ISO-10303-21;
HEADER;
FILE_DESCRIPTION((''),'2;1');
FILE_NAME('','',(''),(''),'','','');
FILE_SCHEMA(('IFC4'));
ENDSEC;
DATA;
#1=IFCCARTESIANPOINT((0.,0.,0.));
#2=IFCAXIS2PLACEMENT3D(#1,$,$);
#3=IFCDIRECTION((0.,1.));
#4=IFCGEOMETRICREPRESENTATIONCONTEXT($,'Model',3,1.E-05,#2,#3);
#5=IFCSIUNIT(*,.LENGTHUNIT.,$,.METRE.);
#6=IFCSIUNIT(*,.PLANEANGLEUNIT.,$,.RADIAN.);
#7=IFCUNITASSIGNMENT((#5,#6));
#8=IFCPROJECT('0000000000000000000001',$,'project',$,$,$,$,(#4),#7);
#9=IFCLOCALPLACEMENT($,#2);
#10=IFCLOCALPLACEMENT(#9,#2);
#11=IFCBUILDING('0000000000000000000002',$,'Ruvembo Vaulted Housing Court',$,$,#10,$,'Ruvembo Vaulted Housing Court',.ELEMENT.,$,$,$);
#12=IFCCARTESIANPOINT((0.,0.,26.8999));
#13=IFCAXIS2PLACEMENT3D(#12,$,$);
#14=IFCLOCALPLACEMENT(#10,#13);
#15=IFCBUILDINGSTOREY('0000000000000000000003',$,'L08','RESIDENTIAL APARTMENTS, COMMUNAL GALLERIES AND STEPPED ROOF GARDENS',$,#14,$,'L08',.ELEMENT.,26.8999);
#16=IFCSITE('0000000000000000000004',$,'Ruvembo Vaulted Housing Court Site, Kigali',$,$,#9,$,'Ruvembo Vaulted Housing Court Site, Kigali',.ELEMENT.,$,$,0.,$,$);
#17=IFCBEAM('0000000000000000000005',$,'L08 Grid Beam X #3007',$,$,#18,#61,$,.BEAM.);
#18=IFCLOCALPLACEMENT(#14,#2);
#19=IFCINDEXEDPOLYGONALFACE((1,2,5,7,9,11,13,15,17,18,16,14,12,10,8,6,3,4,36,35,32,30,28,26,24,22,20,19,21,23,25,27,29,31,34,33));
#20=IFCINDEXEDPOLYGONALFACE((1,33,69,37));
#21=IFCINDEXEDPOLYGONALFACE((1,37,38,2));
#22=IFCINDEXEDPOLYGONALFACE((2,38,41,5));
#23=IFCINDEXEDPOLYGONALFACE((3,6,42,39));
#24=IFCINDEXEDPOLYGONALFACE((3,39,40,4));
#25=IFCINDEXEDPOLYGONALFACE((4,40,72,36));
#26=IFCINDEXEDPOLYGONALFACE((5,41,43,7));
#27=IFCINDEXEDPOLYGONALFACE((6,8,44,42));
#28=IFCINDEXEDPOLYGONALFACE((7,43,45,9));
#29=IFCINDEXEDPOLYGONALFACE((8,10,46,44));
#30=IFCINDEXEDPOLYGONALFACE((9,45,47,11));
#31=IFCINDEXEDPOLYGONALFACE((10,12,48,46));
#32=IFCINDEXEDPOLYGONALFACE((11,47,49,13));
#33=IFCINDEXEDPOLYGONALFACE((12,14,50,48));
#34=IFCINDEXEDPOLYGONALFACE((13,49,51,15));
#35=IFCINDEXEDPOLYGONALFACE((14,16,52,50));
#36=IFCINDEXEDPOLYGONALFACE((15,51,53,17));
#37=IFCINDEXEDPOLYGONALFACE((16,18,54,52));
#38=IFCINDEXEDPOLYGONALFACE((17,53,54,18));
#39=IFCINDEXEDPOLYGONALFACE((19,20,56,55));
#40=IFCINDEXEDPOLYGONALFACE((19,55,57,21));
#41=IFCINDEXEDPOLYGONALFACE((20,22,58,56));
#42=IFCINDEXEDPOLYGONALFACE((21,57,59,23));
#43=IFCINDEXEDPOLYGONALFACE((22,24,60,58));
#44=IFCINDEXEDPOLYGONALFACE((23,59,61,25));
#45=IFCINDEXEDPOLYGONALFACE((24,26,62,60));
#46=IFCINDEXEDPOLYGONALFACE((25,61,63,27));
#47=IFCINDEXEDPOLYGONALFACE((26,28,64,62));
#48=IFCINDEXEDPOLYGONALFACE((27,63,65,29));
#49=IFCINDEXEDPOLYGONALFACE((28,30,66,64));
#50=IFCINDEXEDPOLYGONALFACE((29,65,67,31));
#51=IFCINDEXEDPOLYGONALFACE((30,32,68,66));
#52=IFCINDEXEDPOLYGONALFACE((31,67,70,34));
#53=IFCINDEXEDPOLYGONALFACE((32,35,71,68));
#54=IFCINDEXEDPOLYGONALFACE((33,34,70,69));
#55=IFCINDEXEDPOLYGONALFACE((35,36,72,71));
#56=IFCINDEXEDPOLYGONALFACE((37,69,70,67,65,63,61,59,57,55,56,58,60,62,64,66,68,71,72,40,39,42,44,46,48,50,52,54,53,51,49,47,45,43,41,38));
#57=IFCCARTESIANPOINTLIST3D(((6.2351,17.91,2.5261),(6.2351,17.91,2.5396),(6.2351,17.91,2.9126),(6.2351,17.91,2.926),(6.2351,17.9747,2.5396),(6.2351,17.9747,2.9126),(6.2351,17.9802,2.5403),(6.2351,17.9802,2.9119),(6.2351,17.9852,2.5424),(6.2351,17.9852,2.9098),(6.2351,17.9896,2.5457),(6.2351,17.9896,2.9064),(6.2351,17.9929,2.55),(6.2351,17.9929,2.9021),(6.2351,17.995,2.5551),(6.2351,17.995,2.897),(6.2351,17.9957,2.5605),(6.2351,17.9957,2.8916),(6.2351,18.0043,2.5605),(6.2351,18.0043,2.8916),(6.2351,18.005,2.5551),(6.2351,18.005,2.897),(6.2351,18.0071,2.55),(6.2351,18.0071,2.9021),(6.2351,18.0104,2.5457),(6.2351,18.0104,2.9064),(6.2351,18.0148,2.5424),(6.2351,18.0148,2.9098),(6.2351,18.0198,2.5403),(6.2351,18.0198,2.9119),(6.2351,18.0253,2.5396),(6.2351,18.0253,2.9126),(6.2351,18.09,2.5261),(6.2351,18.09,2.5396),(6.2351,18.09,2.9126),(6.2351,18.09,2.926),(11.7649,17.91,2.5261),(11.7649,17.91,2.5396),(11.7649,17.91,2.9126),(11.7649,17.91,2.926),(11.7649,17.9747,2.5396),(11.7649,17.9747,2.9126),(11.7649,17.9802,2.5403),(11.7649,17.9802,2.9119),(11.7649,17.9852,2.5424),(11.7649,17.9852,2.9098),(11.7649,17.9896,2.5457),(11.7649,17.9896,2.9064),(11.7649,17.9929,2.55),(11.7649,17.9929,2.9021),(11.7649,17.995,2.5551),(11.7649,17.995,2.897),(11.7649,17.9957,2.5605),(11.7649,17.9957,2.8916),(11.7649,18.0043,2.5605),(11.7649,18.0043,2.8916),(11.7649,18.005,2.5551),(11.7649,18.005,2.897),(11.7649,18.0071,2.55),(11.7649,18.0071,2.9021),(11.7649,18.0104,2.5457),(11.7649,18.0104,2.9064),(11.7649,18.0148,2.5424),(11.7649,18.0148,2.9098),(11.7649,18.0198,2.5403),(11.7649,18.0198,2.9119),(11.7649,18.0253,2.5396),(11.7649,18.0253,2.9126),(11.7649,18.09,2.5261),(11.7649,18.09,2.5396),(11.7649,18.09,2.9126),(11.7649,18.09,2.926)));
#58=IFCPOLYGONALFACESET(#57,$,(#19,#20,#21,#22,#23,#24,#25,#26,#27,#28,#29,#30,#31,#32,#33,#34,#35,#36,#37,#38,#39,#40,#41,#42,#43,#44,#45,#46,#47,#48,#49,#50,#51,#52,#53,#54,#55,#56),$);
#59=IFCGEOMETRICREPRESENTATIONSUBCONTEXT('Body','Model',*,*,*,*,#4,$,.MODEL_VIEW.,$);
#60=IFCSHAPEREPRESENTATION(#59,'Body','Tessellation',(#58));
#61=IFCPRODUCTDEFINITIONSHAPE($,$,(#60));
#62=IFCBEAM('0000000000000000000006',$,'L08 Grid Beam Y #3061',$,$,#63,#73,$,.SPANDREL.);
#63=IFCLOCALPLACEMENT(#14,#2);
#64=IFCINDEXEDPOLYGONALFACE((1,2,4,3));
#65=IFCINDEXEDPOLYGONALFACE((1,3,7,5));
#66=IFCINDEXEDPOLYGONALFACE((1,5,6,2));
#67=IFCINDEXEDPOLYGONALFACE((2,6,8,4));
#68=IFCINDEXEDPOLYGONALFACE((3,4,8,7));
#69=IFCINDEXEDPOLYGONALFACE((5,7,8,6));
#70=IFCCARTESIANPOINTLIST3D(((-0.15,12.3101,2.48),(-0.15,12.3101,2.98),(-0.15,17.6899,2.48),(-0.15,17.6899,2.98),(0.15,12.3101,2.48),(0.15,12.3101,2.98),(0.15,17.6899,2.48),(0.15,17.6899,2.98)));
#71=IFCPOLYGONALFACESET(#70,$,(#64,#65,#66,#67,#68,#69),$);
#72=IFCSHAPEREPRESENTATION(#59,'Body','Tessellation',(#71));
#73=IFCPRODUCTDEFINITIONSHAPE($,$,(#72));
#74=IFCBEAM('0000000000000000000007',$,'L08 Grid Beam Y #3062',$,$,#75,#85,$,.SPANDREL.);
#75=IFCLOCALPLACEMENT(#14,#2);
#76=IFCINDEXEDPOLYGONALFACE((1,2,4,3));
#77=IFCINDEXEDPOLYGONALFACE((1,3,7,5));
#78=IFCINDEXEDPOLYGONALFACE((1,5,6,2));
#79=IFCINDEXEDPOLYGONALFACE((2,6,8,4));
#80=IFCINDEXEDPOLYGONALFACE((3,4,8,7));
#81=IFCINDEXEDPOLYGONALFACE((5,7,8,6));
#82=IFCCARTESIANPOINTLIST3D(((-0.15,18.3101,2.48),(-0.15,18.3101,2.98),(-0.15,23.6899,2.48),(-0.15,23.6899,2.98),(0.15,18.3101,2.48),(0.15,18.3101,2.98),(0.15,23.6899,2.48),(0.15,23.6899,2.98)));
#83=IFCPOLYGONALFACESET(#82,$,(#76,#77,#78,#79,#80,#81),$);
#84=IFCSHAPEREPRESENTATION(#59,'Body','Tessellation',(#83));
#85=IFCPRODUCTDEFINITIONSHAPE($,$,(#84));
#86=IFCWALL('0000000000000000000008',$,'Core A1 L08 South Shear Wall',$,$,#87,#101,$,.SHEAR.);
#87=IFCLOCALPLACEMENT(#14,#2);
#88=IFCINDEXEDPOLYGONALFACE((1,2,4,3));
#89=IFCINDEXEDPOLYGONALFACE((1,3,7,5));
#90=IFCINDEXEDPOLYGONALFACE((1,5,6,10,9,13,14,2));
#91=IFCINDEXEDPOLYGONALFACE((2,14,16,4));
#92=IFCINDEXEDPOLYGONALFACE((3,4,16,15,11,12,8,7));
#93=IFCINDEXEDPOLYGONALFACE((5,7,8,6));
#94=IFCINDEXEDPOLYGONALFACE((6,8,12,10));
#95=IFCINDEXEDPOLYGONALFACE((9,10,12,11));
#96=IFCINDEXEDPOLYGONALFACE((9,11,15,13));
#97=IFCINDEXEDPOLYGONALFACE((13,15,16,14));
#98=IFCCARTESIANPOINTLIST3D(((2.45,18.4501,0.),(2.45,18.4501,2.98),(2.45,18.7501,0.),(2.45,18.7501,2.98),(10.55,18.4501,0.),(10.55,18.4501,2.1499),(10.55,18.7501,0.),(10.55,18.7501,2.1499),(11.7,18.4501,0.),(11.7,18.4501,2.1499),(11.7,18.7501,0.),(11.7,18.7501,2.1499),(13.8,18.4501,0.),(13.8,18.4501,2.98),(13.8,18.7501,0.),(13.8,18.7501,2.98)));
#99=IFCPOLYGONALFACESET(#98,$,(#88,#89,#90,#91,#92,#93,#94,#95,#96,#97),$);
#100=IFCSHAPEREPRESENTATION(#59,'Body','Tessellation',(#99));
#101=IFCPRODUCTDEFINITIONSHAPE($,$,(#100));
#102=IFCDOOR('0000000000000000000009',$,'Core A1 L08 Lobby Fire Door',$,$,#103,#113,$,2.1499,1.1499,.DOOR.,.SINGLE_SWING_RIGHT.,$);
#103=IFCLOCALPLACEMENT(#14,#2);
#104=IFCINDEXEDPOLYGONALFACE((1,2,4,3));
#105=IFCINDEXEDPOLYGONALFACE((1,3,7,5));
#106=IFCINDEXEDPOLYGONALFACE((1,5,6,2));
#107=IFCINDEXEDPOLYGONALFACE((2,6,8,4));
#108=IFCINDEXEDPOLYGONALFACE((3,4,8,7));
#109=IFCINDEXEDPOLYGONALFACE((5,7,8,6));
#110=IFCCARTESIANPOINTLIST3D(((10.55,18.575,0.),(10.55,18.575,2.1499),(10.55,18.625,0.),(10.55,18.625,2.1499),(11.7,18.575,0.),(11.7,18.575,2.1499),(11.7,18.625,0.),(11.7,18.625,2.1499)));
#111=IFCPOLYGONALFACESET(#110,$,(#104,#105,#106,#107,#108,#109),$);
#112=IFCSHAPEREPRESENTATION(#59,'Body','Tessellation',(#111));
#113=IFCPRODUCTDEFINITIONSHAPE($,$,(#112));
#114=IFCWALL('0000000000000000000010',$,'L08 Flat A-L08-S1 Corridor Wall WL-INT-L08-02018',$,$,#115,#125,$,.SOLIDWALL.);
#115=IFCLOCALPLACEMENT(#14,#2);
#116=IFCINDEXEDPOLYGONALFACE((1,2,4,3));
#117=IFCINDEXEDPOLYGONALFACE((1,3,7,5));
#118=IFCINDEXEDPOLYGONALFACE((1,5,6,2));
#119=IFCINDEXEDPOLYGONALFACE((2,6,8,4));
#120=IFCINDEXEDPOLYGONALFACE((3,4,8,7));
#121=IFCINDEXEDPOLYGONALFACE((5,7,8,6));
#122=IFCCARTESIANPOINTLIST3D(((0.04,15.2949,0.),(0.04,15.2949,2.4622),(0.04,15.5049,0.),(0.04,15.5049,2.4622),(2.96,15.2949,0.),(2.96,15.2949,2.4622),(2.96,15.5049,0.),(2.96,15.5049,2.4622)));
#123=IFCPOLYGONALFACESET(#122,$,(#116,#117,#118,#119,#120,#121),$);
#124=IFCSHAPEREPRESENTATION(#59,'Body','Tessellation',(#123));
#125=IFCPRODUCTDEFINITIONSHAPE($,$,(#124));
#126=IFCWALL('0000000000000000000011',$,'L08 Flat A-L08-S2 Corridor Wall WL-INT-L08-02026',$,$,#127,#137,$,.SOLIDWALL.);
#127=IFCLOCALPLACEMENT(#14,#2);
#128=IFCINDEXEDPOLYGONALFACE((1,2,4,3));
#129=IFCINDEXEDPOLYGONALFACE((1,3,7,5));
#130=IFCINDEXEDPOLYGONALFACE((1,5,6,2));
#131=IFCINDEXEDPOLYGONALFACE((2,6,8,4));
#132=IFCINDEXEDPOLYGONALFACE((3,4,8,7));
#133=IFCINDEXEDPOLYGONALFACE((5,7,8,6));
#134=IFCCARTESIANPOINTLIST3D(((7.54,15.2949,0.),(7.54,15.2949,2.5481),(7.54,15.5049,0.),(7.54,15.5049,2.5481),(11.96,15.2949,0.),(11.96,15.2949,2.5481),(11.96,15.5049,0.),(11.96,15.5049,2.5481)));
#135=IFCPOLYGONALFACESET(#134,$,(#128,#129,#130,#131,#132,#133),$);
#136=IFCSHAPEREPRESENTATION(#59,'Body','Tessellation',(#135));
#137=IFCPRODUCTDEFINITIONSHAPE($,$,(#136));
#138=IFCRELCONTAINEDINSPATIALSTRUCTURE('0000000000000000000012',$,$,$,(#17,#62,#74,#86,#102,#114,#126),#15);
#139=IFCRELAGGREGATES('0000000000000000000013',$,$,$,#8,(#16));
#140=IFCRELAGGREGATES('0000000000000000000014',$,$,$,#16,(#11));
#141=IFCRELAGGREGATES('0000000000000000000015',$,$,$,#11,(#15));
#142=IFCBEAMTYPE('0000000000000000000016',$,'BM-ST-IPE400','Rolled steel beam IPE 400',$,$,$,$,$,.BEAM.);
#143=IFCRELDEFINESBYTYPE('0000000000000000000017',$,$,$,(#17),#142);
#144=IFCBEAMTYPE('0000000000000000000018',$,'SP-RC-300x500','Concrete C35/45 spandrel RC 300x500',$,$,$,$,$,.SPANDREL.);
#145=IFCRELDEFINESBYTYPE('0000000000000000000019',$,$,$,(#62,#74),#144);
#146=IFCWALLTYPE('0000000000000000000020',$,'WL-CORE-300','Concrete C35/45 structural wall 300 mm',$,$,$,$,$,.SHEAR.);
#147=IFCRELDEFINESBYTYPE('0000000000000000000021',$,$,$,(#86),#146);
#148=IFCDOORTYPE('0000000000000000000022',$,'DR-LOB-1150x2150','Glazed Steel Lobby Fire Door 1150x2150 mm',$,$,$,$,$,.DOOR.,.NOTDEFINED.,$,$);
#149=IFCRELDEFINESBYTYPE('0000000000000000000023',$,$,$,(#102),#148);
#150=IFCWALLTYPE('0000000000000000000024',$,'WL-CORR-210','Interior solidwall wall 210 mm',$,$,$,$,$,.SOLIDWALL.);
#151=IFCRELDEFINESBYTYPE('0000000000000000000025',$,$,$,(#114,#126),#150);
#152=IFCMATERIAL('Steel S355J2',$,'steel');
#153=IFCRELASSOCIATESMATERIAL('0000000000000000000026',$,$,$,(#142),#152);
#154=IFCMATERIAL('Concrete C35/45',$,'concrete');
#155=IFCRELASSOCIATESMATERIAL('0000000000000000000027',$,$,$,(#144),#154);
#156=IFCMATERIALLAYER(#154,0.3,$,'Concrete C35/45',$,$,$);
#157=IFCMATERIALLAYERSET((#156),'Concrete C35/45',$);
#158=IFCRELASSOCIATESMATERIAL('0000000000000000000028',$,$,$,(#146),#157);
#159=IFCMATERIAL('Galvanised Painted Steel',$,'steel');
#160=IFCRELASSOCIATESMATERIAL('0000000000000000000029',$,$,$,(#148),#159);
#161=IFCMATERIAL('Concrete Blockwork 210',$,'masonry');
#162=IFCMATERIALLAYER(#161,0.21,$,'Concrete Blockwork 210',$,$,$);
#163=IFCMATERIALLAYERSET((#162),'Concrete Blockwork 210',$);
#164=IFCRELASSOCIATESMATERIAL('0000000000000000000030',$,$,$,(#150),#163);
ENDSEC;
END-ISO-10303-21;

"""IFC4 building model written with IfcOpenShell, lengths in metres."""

from ifc_helpers import new_model, si_unit, direction, frame, frame_2d, origin, origin_2d, place, context, subcontext, project, spatial, rectangle, i_section, extrude, material, layer, layer_set, material_profile, profile_set, type_object, element, fill, save


model = new_model("IFC4")

# Units and contexts
model_context = context("Model", 3, precision=1e-05, world=origin(), true_north=direction((0.0, 1.0)))
body_context = subcontext(model_context, "Body", "Model", "MODEL_VIEW")
ifc_project = project(units=[si_unit("LENGTHUNIT", "METRE"), si_unit("PLANEANGLEUNIT", "RADIAN")], contexts=[model_context])

# Site, building, storey
site_placement = place(None, origin())
site = spatial("IfcSite", under=ifc_project, at=site_placement, Name="Ruvembo Vaulted Housing Court Site, Kigali", LongName="Ruvembo Vaulted Housing Court Site, Kigali", CompositionType="ELEMENT", RefElevation=0.0)
building_placement = place(site_placement, origin())
building = spatial("IfcBuilding", under=site, at=building_placement, Name="Ruvembo Vaulted Housing Court", LongName="Ruvembo Vaulted Housing Court", CompositionType="ELEMENT")
storey_placement = place(building_placement, frame((0.0, 0.0, 26.8999)))
storey = spatial("IfcBuildingStorey", under=building, at=storey_placement, Name="L08", Description="RESIDENTIAL APARTMENTS, COMMUNAL GALLERIES AND STEPPED ROOF GARDENS", LongName="L08", CompositionType="ELEMENT", Elevation=26.8999)

# Shared definitions
ifc_material_1 = material(Name="Concrete C35/45", Category="concrete")

# Beams
ifc_material_2 = material(Name="Steel S355J2", Category="steel")
ifc_material_profile_1 = material_profile(ifc_material_2, i_section(OverallWidth=0.1799, OverallDepth=0.3999, WebThickness=0.0085, FlangeThickness=0.0134, FilletRadius=0.021, at=origin_2d()), Name="IPE 400")
ifc_profile_set_1 = profile_set([ifc_material_profile_1], Name="Steel S355J2")
beam_type_1 = type_object("IfcBeamType", Name="BM-ST-IPE400", Description="Rolled steel beam IPE 400", PredefinedType="BEAM", material=ifc_profile_set_1)
beam_1_placement = place(storey_placement, frame((6.2351, 18.0, 2.7261), z_axis=(1.0, 0.0, 0.0), x_axis=(0.0, 1.0, 0.0)))
element("IfcBeam", 1, at=beam_1_placement, inside=storey, type_object=beam_type_1, Name="L08 Grid Beam X #3007", PredefinedType="BEAM", context=body_context, shape_type="SweptSolid", body=[
    extrude(i_section(OverallWidth=0.1799, OverallDepth=0.3999, WebThickness=0.0085, FlangeThickness=0.0134, FilletRadius=0.021, at=origin_2d()), origin(), (0.0, 0.0, 1.0), 5.5298),
])
ifc_material_profile_2 = material_profile(ifc_material_1, rectangle(XDim=0.3, YDim=0.5, at=origin_2d()), Name="RC 300x500")
ifc_profile_set_2 = profile_set([ifc_material_profile_2], Name="Concrete C35/45")
beam_type_2 = type_object("IfcBeamType", Name="SP-RC-300x500", Description="Concrete C35/45 spandrel RC 300x500", PredefinedType="SPANDREL", material=ifc_profile_set_2)
for number, where, z_axis, x_axis, name in (
    (2, (0.0, 12.3101, 2.73), (0.0, 1.0, 0.0), (-1.0, 0.0, 0.0), "L08 Grid Beam Y #3061"),
    (3, (0.0, 18.3101, 2.73), (0.0, 1.0, 0.0), (-1.0, 0.0, 0.0), "L08 Grid Beam Y #3062"),
):
    element("IfcBeam", number, at=place(storey_placement, frame(where, z_axis=z_axis, x_axis=x_axis)), inside=storey, type_object=beam_type_2, Name=name, PredefinedType="SPANDREL", context=body_context, shape_type="SweptSolid", body=[
        extrude(rectangle(XDim=0.3, YDim=0.5, at=origin_2d()), origin(), (0.0, 0.0, 1.0), 5.3799),
    ])

# Wall, opening, door
ifc_layer_1 = layer(ifc_material_1, 0.3, Name="Concrete C35/45")
ifc_layer_set_1 = layer_set([ifc_layer_1], Name="Concrete C35/45")
wall_type_1 = type_object("IfcWallType", Name="WL-CORE-300", Description="Concrete C35/45 structural wall 300 mm", PredefinedType="SHEAR", material=ifc_layer_set_1)
wall_1_placement = place(storey_placement, frame((2.45, 18.6001, 0.0), z_axis=(0.0, 0.0, 1.0), x_axis=(1.0, 0.0, 0.0)))
wall_1 = element("IfcWall", 4, at=wall_1_placement, inside=storey, type_object=wall_type_1, Name="Core A1 L08 South Shear Wall", PredefinedType="SHEAR", context=body_context, shape_type="SweptSolid", body=[
    extrude(rectangle(XDim=11.3501, YDim=0.3, at=frame_2d((5.675, 0.0))), origin(), (0.0, 0.0, 1.0), 2.98),
])
opening_1_placement = place(wall_1_placement, frame((8.1001, 0.0, 0.0)))
opening_1 = element("IfcOpeningElement", 5, at=opening_1_placement, cuts=wall_1, PredefinedType="OPENING", context=body_context, shape_type="SweptSolid", body=[
    extrude(rectangle(XDim=1.1499, YDim=2.1499, at=frame_2d((0.575, 1.075))), frame((0.0, 0.1599, 0.0), z_axis=(0.0, -1.0, 0.0), x_axis=(1.0, 0.0, 0.0)), (0.0, 0.0, 1.0), 0.3201),
])
ifc_material_3 = material(Name="Galvanised Painted Steel", Category="steel")
door_type_1 = type_object("IfcDoorType", Name="DR-LOB-1150x2150", Description="Glazed Steel Lobby Fire Door 1150x2150 mm", OperationType="NOTDEFINED", PredefinedType="DOOR", material=ifc_material_3)
door_1_placement = place(opening_1_placement, origin())
door_1 = element("IfcDoor", 6, at=door_1_placement, inside=storey, type_object=door_type_1, Name="Core A1 L08 Lobby Fire Door", OperationType="SINGLE_SWING_RIGHT", OverallHeight=2.1499, OverallWidth=1.1499, PredefinedType="DOOR", context=body_context, shape_type="SweptSolid", body=[
    extrude(rectangle(XDim=1.1499, YDim=2.1499, at=frame_2d((0.575, 1.075))), frame((0.0, 0.0249, 0.0), z_axis=(0.0, -1.0, 0.0), x_axis=(1.0, 0.0, 0.0)), (0.0, 0.0, 1.0), 0.05),
])
fill(opening_1, door_1)

# Wall
ifc_material_4 = material(Name="Concrete Blockwork 210", Category="masonry")
ifc_layer_2 = layer(ifc_material_4, 0.21, Name="Concrete Blockwork 210")
ifc_layer_set_2 = layer_set([ifc_layer_2], Name="Concrete Blockwork 210")
wall_type_2 = type_object("IfcWallType", Name="WL-CORR-210", Description="Interior solidwall wall 210 mm", PredefinedType="SOLIDWALL", material=ifc_layer_set_2)
wall_2_placement = place(storey_placement, frame((0.04, 15.3999, 0.0), z_axis=(0.0, 0.0, 1.0), x_axis=(1.0, 0.0, 0.0)))
element("IfcWall", 7, at=wall_2_placement, inside=storey, type_object=wall_type_2, Name="L08 Flat A-L08-S1 Corridor Wall WL-INT-L08-02018", PredefinedType="SOLIDWALL", context=body_context, shape_type="SweptSolid", body=[
    extrude(rectangle(XDim=2.9199, YDim=0.21, at=frame_2d((1.46, 0.0))), origin(), (0.0, 0.0, 1.0), 2.4622),
])

# Wall
wall_3_placement = place(storey_placement, frame((7.54, 15.3999, 0.0), z_axis=(0.0, 0.0, 1.0), x_axis=(1.0, 0.0, 0.0)))
element("IfcWall", 8, at=wall_3_placement, inside=storey, type_object=wall_type_2, Name="L08 Flat A-L08-S2 Corridor Wall WL-INT-L08-02026", PredefinedType="SOLIDWALL", context=body_context, shape_type="SweptSolid", body=[
    extrude(rectangle(XDim=4.4199, YDim=0.21, at=frame_2d((2.21, 0.0))), origin(), (0.0, 0.0, 1.0), 2.5481),
])

save(model, "model.ifc")
